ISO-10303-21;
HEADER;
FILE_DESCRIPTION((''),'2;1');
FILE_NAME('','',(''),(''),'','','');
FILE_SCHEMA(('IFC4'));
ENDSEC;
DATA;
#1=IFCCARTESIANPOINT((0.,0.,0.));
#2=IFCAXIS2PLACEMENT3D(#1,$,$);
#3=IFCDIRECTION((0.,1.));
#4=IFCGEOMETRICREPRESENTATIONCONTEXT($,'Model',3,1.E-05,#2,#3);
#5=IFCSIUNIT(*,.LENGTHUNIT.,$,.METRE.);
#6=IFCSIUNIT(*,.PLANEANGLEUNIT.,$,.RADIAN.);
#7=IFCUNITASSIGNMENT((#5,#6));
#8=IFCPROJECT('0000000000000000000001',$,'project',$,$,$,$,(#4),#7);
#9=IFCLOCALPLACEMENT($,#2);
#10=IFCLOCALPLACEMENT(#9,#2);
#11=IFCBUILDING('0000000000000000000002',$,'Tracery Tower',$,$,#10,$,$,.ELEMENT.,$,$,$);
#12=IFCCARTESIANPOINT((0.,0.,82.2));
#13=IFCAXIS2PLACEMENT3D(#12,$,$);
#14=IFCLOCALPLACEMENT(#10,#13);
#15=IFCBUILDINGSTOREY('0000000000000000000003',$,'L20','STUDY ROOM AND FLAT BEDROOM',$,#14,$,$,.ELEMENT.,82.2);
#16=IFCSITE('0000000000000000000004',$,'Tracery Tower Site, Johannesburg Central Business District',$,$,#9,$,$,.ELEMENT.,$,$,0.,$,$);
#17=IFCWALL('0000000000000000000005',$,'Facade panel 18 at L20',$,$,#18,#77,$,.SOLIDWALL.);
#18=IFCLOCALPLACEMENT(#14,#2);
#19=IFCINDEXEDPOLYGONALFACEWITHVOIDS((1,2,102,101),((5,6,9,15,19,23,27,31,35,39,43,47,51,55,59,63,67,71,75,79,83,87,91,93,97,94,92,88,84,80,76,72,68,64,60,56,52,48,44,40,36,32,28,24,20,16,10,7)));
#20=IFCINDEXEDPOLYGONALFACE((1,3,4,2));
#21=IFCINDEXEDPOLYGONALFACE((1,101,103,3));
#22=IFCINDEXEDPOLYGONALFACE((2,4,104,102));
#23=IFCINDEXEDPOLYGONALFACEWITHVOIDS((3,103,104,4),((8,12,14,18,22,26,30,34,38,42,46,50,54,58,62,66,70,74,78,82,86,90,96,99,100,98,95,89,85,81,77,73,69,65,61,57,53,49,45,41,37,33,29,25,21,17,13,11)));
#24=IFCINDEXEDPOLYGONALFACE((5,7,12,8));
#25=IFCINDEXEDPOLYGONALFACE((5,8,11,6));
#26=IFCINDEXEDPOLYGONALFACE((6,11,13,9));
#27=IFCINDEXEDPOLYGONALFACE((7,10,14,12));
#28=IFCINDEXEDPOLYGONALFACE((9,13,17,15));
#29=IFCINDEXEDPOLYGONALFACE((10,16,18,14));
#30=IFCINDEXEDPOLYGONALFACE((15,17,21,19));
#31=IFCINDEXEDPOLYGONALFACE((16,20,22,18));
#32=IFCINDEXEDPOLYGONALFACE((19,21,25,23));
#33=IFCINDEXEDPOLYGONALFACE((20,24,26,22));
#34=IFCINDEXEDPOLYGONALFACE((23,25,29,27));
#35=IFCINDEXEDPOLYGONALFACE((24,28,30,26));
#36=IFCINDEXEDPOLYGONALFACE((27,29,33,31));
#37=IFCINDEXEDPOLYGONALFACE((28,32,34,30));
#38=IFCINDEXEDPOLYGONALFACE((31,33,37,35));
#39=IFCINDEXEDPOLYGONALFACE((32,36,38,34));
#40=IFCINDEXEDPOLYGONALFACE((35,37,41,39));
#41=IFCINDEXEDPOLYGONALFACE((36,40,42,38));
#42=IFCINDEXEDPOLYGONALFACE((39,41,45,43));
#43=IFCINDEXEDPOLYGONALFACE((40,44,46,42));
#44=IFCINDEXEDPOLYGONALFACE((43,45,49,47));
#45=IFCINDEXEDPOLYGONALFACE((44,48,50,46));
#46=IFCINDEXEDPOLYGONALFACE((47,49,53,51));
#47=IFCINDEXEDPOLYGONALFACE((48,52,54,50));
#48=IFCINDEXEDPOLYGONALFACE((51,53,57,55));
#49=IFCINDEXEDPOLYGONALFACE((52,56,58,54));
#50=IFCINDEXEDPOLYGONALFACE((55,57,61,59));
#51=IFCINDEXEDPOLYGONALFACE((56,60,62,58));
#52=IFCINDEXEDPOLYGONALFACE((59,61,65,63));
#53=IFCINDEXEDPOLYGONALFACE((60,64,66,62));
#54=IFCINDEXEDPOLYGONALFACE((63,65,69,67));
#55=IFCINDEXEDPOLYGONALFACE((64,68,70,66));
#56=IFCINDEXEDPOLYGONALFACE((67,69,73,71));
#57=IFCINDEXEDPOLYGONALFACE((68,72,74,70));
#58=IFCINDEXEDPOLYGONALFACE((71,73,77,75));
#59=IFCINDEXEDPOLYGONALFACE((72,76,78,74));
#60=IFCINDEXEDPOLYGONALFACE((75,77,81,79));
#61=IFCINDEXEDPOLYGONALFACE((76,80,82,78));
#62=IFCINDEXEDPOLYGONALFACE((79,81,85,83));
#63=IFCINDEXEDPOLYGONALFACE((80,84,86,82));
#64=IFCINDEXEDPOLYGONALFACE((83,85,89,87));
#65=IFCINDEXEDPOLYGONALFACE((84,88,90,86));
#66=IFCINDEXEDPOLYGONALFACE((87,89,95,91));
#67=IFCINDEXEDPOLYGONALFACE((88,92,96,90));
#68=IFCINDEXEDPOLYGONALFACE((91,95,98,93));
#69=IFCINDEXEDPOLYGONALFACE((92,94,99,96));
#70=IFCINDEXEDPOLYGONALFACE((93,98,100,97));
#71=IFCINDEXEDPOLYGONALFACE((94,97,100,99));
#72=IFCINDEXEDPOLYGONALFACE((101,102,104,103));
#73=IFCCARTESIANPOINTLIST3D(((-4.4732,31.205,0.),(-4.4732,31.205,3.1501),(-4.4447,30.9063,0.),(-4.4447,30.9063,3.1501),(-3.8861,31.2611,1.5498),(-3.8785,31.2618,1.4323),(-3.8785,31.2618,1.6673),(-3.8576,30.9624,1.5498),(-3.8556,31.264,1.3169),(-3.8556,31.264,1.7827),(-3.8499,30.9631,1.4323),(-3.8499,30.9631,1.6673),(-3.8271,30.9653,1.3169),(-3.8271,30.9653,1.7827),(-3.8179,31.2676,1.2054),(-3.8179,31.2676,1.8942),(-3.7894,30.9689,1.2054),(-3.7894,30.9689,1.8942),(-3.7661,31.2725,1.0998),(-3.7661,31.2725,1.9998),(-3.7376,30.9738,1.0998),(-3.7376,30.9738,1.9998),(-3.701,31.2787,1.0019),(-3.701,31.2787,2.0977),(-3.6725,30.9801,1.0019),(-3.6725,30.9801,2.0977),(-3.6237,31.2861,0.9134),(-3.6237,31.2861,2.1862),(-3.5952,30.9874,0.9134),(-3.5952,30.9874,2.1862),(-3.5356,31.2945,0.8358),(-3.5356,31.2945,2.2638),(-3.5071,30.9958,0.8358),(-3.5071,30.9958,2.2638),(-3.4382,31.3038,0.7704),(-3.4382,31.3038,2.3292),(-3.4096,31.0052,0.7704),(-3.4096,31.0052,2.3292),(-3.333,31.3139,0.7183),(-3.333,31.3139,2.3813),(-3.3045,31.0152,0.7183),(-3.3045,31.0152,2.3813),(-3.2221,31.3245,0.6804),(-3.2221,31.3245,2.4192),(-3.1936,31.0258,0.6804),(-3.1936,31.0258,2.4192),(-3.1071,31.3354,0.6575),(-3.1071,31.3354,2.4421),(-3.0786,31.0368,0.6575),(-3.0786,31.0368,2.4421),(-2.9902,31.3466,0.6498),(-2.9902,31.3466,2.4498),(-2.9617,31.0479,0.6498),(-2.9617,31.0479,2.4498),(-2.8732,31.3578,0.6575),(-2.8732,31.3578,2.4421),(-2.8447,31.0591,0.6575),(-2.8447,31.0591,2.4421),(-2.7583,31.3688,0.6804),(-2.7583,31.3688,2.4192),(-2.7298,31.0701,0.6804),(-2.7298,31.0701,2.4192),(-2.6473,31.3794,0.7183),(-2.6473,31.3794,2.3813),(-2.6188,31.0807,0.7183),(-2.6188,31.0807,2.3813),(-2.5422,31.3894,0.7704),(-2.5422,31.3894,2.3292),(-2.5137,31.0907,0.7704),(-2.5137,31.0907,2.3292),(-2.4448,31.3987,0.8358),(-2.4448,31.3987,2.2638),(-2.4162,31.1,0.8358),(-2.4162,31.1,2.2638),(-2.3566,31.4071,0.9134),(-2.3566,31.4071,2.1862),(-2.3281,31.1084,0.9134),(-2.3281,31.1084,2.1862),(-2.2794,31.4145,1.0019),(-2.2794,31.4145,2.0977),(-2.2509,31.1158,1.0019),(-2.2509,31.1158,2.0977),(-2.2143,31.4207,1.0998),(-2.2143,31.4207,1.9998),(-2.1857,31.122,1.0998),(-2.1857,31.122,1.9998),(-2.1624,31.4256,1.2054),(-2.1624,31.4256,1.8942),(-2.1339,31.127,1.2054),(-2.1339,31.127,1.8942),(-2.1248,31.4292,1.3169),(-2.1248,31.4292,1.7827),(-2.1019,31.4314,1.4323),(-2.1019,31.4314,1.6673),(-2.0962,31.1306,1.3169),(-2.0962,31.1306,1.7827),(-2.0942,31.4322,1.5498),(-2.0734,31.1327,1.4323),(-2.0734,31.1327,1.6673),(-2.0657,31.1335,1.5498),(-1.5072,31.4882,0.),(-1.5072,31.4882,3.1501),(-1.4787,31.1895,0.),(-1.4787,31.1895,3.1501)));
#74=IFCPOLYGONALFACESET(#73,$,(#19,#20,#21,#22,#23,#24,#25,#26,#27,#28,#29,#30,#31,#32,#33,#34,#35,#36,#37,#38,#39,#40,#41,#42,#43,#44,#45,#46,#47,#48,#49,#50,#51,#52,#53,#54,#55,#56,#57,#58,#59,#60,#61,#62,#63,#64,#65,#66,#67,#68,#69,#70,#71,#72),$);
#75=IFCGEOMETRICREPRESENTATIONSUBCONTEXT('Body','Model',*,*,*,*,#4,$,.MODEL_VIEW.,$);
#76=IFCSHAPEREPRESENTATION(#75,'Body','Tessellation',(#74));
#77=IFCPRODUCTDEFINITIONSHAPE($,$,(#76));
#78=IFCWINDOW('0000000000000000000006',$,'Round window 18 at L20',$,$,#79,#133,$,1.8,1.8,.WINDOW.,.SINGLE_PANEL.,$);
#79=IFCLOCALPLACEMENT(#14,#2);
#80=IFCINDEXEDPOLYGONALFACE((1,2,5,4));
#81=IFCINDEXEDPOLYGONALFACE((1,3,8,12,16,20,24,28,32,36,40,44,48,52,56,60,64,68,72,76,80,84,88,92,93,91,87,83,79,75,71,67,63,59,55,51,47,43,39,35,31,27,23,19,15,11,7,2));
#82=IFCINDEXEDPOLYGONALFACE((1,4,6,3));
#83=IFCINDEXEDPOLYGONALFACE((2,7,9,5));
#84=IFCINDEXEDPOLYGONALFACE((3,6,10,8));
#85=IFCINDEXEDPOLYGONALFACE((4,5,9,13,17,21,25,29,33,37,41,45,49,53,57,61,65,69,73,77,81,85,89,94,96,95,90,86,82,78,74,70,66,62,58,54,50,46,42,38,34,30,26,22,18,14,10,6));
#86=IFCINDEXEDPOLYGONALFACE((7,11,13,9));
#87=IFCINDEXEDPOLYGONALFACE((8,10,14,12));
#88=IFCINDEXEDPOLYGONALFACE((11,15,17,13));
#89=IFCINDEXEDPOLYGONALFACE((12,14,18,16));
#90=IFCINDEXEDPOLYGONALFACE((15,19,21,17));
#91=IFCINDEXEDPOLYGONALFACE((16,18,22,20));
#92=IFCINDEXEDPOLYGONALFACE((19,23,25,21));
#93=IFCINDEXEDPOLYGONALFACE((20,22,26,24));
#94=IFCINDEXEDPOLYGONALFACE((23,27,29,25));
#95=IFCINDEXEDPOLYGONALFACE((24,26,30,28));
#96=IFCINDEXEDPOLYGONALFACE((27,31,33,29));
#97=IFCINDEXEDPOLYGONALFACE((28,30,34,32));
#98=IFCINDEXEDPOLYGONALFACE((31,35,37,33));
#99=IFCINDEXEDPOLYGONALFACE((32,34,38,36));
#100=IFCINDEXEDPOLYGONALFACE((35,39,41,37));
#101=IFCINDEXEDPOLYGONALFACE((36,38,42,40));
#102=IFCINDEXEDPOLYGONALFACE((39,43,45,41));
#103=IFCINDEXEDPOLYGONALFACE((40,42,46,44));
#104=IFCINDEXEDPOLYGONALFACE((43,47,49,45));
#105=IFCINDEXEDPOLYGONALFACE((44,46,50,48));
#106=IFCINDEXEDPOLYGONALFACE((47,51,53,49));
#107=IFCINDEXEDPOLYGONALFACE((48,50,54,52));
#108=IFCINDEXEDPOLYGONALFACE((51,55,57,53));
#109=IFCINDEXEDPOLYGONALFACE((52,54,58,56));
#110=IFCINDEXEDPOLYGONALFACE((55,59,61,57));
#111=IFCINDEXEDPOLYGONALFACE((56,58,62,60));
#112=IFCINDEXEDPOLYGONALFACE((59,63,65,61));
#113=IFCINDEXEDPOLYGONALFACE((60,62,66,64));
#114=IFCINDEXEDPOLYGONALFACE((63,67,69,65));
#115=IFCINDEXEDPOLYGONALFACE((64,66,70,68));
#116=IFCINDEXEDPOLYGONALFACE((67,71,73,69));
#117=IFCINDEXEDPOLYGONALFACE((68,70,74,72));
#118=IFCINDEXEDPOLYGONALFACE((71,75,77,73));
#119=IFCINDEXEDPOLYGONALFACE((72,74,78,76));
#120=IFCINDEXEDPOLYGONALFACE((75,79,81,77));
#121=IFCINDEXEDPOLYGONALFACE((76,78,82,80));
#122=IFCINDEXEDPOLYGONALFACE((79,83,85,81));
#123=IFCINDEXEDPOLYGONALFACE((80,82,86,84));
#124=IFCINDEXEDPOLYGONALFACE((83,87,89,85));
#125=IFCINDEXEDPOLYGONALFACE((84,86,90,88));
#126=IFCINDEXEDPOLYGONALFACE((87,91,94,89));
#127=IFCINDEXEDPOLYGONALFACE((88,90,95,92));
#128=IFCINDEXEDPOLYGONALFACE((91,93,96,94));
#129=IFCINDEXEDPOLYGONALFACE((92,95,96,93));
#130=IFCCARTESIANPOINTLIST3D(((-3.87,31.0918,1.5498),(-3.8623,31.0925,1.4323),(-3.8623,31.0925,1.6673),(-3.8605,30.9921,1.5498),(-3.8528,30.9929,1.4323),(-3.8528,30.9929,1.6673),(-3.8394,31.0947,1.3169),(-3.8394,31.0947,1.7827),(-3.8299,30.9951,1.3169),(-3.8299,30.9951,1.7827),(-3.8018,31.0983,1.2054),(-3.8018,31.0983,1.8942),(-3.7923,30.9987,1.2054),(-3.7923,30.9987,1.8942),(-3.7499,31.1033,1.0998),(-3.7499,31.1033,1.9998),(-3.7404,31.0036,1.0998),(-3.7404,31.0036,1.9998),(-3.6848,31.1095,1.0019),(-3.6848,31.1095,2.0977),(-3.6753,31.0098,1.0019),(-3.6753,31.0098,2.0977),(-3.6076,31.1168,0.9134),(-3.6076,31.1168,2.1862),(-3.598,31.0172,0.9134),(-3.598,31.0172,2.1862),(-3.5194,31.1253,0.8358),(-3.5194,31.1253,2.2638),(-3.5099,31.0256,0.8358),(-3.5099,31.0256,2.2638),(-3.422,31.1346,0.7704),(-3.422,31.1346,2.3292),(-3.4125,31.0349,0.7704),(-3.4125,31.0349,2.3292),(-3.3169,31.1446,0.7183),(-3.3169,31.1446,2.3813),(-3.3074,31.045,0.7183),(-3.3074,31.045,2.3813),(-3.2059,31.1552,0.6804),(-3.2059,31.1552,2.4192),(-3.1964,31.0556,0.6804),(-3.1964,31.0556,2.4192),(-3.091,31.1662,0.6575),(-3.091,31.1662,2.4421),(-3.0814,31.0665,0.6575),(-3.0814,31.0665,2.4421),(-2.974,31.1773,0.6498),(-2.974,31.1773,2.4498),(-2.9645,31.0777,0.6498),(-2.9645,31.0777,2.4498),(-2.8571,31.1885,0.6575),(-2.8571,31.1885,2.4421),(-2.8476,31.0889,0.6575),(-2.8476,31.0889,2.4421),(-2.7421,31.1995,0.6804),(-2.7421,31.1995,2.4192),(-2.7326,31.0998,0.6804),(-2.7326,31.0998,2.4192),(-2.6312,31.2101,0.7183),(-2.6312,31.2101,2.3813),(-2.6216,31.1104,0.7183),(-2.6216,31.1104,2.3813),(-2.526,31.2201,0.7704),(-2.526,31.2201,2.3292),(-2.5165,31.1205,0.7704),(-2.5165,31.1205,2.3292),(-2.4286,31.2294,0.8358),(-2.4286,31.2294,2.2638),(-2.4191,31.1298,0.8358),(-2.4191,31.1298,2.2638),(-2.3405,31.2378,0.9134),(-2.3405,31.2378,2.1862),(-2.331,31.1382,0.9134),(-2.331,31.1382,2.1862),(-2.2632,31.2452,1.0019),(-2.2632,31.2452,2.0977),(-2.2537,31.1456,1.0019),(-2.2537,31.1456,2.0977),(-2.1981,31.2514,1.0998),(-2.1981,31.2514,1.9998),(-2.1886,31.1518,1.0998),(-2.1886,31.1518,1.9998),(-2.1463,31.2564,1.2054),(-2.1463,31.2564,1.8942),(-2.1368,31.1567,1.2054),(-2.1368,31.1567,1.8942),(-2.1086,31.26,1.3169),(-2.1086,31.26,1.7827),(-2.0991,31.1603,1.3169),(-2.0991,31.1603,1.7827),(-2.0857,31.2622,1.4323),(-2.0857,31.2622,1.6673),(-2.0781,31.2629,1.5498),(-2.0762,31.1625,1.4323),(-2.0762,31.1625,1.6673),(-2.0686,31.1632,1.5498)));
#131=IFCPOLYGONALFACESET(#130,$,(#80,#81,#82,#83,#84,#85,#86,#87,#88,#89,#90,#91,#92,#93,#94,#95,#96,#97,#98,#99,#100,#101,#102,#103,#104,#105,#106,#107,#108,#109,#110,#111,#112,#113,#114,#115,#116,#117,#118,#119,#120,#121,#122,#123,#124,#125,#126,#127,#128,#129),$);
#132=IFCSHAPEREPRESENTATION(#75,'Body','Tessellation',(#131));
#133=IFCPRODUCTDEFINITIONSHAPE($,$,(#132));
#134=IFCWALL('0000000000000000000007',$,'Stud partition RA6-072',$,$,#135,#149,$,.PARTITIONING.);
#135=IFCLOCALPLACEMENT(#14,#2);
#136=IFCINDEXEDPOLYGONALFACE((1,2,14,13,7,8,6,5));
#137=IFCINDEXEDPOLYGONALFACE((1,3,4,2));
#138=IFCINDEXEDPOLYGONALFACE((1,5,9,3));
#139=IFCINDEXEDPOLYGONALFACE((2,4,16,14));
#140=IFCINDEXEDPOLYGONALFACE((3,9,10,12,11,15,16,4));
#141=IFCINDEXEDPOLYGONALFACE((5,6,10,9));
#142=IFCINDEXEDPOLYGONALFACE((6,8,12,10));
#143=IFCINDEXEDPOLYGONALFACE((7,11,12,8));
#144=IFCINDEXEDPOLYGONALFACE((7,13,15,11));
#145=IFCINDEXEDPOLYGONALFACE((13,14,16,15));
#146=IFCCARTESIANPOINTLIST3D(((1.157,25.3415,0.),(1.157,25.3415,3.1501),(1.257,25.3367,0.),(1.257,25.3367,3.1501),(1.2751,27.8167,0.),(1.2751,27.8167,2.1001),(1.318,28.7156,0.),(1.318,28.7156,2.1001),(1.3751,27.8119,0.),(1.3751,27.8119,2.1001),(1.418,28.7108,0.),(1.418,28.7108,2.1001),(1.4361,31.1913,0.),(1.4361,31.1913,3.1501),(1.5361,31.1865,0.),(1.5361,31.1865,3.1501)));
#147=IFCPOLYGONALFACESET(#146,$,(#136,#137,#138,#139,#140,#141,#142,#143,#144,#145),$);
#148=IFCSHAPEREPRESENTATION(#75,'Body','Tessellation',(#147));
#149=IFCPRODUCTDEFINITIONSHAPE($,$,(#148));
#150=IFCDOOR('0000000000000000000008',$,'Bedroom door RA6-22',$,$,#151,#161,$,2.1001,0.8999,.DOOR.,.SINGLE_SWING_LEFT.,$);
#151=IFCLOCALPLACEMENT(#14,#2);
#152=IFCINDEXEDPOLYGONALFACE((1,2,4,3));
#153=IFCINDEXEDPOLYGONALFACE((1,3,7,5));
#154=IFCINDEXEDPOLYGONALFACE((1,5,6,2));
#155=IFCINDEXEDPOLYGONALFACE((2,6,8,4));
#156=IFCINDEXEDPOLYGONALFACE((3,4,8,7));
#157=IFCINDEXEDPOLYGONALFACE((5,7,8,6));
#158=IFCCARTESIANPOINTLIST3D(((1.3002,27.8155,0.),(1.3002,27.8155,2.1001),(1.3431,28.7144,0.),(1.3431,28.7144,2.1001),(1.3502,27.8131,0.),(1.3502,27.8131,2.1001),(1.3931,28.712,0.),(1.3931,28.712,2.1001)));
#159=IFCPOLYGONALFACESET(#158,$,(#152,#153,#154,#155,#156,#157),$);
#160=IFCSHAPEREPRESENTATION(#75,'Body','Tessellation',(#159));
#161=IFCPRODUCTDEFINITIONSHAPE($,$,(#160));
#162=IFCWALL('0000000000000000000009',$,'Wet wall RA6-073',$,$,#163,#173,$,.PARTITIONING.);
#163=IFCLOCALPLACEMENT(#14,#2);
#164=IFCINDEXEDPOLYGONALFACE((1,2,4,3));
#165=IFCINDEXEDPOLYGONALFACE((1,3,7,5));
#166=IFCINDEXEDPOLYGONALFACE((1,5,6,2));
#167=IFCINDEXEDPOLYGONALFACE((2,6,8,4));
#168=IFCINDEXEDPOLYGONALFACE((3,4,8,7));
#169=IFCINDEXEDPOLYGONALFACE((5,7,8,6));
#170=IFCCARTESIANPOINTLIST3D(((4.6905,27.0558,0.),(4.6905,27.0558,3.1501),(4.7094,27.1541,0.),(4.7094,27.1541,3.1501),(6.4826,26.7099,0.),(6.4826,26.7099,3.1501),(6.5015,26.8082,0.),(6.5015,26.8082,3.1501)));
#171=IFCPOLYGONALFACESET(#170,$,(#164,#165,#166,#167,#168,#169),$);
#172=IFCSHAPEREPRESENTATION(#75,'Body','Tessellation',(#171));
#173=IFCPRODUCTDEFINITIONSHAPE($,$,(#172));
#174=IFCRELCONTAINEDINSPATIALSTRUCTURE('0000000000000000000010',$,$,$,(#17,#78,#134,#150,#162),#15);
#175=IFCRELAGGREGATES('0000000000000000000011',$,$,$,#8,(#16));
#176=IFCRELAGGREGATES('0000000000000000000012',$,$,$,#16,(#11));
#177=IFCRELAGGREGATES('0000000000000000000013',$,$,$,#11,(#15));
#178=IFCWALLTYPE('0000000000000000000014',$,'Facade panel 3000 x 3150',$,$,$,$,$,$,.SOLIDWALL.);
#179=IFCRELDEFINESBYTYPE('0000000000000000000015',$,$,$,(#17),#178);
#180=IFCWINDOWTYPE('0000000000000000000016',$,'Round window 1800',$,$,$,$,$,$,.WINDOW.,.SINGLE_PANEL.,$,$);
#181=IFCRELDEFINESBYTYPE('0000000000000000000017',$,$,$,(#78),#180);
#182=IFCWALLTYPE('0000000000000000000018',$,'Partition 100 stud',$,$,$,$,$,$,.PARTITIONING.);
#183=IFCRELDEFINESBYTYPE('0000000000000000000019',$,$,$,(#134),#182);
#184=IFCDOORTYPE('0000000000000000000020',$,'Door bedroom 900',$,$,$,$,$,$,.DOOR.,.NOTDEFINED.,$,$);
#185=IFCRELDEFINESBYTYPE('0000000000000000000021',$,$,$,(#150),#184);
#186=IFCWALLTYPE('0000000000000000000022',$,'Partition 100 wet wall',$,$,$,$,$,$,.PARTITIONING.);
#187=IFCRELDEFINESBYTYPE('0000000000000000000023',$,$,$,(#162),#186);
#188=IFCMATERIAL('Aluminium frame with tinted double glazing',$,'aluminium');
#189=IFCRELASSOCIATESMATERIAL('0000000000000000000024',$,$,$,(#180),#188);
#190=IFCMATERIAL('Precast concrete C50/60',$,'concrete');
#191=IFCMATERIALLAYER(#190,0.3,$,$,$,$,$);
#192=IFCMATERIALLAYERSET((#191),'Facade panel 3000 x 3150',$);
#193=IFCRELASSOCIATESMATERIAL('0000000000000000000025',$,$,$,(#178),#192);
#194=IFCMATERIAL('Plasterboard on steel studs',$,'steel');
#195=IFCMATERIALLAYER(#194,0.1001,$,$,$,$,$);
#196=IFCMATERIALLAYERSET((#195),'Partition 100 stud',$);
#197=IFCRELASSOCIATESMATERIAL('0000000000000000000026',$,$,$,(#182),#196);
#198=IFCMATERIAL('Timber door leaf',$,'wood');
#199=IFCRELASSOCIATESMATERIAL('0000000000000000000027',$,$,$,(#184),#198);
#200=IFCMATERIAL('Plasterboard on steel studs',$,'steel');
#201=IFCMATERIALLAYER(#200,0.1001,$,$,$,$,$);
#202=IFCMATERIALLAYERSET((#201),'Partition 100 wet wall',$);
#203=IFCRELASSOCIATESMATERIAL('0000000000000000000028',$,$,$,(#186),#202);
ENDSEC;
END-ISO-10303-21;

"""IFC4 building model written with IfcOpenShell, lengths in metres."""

from ifc_helpers import new_model, si_unit, direction, frame, frame_2d, origin, origin_2d, place, context, subcontext, project, spatial, rectangle, circle, extrude, material, layer, layer_set, type_object, element, fill, save


model = new_model("IFC4")

# Units and contexts
model_context = context("Model", 3, precision=1e-05, world=origin(), true_north=direction((0.0, 1.0)))
body_context = subcontext(model_context, "Body", "Model", "MODEL_VIEW")
ifc_project = project(units=[si_unit("LENGTHUNIT", "METRE"), si_unit("PLANEANGLEUNIT", "RADIAN")], contexts=[model_context])

# Site, building, storey
site_placement = place(None, origin())
site = spatial("IfcSite", under=ifc_project, at=site_placement, Name="Tracery Tower Site, Johannesburg Central Business District", CompositionType="ELEMENT", RefElevation=0.0)
building_placement = place(site_placement, origin())
building = spatial("IfcBuilding", under=site, at=building_placement, Name="Tracery Tower", CompositionType="ELEMENT")
storey_placement = place(building_placement, frame((0.0, 0.0, 82.2)))
storey = spatial("IfcBuildingStorey", under=building, at=storey_placement, Name="L20", Description="STUDY ROOM AND FLAT BEDROOM", CompositionType="ELEMENT", Elevation=82.2)

# Wall, opening, window
ifc_material_1 = material(Name="Aluminium frame with tinted double glazing", Category="aluminium")
window_type = type_object("IfcWindowType", Name="Round window 1800", PartitioningType="SINGLE_PANEL", PredefinedType="WINDOW", material=ifc_material_1)
ifc_material_2 = material(Name="Precast concrete C50/60", Category="concrete")
ifc_layer_1 = layer(ifc_material_2, 0.3)
ifc_layer_set_1 = layer_set([ifc_layer_1], Name="Facade panel 3000 x 3150")
wall_type_1 = type_object("IfcWallType", Name="Facade panel 3000 x 3150", PredefinedType="SOLIDWALL", material=ifc_layer_set_1)
wall_1_placement = place(storey_placement, frame((-1.4929, 31.3389, 0.0), z_axis=(0.0, 0.0, 1.0), x_axis=(-0.995473, -0.095049, 0.0)))
wall_1 = element("IfcWall", 1, at=wall_1_placement, inside=storey, type_object=wall_type_1, Name="Facade panel 18 at L20", PredefinedType="SOLIDWALL", context=body_context, shape_type="SweptSolid", body=[
    extrude(rectangle(XDim=2.9795, YDim=0.3, at=frame_2d((1.4897, 0.0))), origin(), (0.0, 0.0, 1.0), 3.1501),
])
opening_1_placement = place(wall_1_placement, frame((1.4897, 0.0, 1.5498)))
opening_1 = element("IfcOpeningElement", 2, at=opening_1_placement, cuts=wall_1, PredefinedType="OPENING", context=body_context, shape_type="SweptSolid", body=[
    extrude(circle(Radius=0.9, at=origin_2d()), frame((0.0, 0.1599, 0.0), z_axis=(0.0, -1.0, 0.0), x_axis=(1.0, 0.0, 0.0)), (0.0, 0.0, 1.0), 0.3201),
])
window_1_placement = place(opening_1_placement, origin())
window_1 = element("IfcWindow", 3, at=window_1_placement, inside=storey, type_object=window_type, Name="Round window 18 at L20", OverallHeight=1.8, OverallWidth=1.8, PartitioningType="SINGLE_PANEL", PredefinedType="WINDOW", context=body_context, shape_type="SweptSolid", body=[
    extrude(circle(Radius=0.9, at=origin_2d()), frame((0.0, 0.1201, 0.0), z_axis=(0.0, -1.0, 0.0), x_axis=(1.0, 0.0, 0.0)), (0.0, 0.0, 1.0), 0.1001),
])
fill(opening_1, window_1)

# Wall, opening, door
ifc_material_3 = material(Name="Plasterboard on steel studs", Category="steel")
ifc_layer_2 = layer(ifc_material_3, 0.1001)
ifc_layer_set_2 = layer_set([ifc_layer_2], Name="Partition 100 stud")
wall_type_2 = type_object("IfcWallType", Name="Partition 100 stud", PredefinedType="PARTITIONING", material=ifc_layer_set_2)
wall_2_placement = place(storey_placement, frame((1.207, 25.3391, 0.0), z_axis=(0.0, 0.0, 1.0), x_axis=(0.047648, 0.998864, 0.0)))
wall_2 = element("IfcWall", 4, at=wall_2_placement, inside=storey, type_object=wall_type_2, Name="Stud partition RA6-072", PredefinedType="PARTITIONING", context=body_context, shape_type="SweptSolid", body=[
    extrude(rectangle(XDim=5.8564, YDim=0.1001, at=frame_2d((2.9282, 0.0))), origin(), (0.0, 0.0, 1.0), 3.1501),
])
opening_2_placement = place(wall_2_placement, frame((2.478, 0.0, 0.0)))
opening_2 = element("IfcOpeningElement", 5, at=opening_2_placement, cuts=wall_2, PredefinedType="OPENING", context=body_context, shape_type="SweptSolid", body=[
    extrude(rectangle(XDim=0.8999, YDim=2.1001, at=frame_2d((0.45, 1.05))), frame((0.0, 0.05, 0.0), z_axis=(0.0, -1.0, 0.0), x_axis=(1.0, 0.0, 0.0)), (0.0, 0.0, 1.0), 0.1001),
])
ifc_material_4 = material(Name="Timber door leaf", Category="wood")
door_type_1 = type_object("IfcDoorType", Name="Door bedroom 900", OperationType="NOTDEFINED", PredefinedType="DOOR", material=ifc_material_4)
door_1_placement = place(opening_2_placement, origin())
door_1 = element("IfcDoor", 6, at=door_1_placement, inside=storey, type_object=door_type_1, Name="Bedroom door RA6-22", OperationType="SINGLE_SWING_LEFT", OverallHeight=2.1001, OverallWidth=0.8999, PredefinedType="DOOR", context=body_context, shape_type="SweptSolid", body=[
    extrude(rectangle(XDim=0.8999, YDim=2.1001, at=frame_2d((0.45, 1.05))), frame((0.0, 0.0249, 0.0), z_axis=(0.0, -1.0, 0.0), x_axis=(1.0, 0.0, 0.0)), (0.0, 0.0, 1.0), 0.05),
])
fill(opening_2, door_1)

# Wall
ifc_material_5 = material(Name="Plasterboard on steel studs", Category="steel")
ifc_layer_3 = layer(ifc_material_5, 0.1001)
ifc_layer_set_3 = layer_set([ifc_layer_3], Name="Partition 100 wet wall")
wall_type_3 = type_object("IfcWallType", Name="Partition 100 wet wall", PredefinedType="PARTITIONING", material=ifc_layer_set_3)
wall_3_placement = place(storey_placement, frame((4.7, 27.105, 0.0), z_axis=(0.0, 0.0, 1.0), x_axis=(0.981871, -0.189552, 0.0)))
element("IfcWall", 7, at=wall_3_placement, inside=storey, type_object=wall_type_3, Name="Wet wall RA6-073", PredefinedType="PARTITIONING", context=body_context, shape_type="SweptSolid", body=[
    extrude(rectangle(XDim=1.8252, YDim=0.1001, at=frame_2d((0.9126, 0.0))), origin(), (0.0, 0.0, 1.0), 3.1501),
])

save(model, "model.ifc")
